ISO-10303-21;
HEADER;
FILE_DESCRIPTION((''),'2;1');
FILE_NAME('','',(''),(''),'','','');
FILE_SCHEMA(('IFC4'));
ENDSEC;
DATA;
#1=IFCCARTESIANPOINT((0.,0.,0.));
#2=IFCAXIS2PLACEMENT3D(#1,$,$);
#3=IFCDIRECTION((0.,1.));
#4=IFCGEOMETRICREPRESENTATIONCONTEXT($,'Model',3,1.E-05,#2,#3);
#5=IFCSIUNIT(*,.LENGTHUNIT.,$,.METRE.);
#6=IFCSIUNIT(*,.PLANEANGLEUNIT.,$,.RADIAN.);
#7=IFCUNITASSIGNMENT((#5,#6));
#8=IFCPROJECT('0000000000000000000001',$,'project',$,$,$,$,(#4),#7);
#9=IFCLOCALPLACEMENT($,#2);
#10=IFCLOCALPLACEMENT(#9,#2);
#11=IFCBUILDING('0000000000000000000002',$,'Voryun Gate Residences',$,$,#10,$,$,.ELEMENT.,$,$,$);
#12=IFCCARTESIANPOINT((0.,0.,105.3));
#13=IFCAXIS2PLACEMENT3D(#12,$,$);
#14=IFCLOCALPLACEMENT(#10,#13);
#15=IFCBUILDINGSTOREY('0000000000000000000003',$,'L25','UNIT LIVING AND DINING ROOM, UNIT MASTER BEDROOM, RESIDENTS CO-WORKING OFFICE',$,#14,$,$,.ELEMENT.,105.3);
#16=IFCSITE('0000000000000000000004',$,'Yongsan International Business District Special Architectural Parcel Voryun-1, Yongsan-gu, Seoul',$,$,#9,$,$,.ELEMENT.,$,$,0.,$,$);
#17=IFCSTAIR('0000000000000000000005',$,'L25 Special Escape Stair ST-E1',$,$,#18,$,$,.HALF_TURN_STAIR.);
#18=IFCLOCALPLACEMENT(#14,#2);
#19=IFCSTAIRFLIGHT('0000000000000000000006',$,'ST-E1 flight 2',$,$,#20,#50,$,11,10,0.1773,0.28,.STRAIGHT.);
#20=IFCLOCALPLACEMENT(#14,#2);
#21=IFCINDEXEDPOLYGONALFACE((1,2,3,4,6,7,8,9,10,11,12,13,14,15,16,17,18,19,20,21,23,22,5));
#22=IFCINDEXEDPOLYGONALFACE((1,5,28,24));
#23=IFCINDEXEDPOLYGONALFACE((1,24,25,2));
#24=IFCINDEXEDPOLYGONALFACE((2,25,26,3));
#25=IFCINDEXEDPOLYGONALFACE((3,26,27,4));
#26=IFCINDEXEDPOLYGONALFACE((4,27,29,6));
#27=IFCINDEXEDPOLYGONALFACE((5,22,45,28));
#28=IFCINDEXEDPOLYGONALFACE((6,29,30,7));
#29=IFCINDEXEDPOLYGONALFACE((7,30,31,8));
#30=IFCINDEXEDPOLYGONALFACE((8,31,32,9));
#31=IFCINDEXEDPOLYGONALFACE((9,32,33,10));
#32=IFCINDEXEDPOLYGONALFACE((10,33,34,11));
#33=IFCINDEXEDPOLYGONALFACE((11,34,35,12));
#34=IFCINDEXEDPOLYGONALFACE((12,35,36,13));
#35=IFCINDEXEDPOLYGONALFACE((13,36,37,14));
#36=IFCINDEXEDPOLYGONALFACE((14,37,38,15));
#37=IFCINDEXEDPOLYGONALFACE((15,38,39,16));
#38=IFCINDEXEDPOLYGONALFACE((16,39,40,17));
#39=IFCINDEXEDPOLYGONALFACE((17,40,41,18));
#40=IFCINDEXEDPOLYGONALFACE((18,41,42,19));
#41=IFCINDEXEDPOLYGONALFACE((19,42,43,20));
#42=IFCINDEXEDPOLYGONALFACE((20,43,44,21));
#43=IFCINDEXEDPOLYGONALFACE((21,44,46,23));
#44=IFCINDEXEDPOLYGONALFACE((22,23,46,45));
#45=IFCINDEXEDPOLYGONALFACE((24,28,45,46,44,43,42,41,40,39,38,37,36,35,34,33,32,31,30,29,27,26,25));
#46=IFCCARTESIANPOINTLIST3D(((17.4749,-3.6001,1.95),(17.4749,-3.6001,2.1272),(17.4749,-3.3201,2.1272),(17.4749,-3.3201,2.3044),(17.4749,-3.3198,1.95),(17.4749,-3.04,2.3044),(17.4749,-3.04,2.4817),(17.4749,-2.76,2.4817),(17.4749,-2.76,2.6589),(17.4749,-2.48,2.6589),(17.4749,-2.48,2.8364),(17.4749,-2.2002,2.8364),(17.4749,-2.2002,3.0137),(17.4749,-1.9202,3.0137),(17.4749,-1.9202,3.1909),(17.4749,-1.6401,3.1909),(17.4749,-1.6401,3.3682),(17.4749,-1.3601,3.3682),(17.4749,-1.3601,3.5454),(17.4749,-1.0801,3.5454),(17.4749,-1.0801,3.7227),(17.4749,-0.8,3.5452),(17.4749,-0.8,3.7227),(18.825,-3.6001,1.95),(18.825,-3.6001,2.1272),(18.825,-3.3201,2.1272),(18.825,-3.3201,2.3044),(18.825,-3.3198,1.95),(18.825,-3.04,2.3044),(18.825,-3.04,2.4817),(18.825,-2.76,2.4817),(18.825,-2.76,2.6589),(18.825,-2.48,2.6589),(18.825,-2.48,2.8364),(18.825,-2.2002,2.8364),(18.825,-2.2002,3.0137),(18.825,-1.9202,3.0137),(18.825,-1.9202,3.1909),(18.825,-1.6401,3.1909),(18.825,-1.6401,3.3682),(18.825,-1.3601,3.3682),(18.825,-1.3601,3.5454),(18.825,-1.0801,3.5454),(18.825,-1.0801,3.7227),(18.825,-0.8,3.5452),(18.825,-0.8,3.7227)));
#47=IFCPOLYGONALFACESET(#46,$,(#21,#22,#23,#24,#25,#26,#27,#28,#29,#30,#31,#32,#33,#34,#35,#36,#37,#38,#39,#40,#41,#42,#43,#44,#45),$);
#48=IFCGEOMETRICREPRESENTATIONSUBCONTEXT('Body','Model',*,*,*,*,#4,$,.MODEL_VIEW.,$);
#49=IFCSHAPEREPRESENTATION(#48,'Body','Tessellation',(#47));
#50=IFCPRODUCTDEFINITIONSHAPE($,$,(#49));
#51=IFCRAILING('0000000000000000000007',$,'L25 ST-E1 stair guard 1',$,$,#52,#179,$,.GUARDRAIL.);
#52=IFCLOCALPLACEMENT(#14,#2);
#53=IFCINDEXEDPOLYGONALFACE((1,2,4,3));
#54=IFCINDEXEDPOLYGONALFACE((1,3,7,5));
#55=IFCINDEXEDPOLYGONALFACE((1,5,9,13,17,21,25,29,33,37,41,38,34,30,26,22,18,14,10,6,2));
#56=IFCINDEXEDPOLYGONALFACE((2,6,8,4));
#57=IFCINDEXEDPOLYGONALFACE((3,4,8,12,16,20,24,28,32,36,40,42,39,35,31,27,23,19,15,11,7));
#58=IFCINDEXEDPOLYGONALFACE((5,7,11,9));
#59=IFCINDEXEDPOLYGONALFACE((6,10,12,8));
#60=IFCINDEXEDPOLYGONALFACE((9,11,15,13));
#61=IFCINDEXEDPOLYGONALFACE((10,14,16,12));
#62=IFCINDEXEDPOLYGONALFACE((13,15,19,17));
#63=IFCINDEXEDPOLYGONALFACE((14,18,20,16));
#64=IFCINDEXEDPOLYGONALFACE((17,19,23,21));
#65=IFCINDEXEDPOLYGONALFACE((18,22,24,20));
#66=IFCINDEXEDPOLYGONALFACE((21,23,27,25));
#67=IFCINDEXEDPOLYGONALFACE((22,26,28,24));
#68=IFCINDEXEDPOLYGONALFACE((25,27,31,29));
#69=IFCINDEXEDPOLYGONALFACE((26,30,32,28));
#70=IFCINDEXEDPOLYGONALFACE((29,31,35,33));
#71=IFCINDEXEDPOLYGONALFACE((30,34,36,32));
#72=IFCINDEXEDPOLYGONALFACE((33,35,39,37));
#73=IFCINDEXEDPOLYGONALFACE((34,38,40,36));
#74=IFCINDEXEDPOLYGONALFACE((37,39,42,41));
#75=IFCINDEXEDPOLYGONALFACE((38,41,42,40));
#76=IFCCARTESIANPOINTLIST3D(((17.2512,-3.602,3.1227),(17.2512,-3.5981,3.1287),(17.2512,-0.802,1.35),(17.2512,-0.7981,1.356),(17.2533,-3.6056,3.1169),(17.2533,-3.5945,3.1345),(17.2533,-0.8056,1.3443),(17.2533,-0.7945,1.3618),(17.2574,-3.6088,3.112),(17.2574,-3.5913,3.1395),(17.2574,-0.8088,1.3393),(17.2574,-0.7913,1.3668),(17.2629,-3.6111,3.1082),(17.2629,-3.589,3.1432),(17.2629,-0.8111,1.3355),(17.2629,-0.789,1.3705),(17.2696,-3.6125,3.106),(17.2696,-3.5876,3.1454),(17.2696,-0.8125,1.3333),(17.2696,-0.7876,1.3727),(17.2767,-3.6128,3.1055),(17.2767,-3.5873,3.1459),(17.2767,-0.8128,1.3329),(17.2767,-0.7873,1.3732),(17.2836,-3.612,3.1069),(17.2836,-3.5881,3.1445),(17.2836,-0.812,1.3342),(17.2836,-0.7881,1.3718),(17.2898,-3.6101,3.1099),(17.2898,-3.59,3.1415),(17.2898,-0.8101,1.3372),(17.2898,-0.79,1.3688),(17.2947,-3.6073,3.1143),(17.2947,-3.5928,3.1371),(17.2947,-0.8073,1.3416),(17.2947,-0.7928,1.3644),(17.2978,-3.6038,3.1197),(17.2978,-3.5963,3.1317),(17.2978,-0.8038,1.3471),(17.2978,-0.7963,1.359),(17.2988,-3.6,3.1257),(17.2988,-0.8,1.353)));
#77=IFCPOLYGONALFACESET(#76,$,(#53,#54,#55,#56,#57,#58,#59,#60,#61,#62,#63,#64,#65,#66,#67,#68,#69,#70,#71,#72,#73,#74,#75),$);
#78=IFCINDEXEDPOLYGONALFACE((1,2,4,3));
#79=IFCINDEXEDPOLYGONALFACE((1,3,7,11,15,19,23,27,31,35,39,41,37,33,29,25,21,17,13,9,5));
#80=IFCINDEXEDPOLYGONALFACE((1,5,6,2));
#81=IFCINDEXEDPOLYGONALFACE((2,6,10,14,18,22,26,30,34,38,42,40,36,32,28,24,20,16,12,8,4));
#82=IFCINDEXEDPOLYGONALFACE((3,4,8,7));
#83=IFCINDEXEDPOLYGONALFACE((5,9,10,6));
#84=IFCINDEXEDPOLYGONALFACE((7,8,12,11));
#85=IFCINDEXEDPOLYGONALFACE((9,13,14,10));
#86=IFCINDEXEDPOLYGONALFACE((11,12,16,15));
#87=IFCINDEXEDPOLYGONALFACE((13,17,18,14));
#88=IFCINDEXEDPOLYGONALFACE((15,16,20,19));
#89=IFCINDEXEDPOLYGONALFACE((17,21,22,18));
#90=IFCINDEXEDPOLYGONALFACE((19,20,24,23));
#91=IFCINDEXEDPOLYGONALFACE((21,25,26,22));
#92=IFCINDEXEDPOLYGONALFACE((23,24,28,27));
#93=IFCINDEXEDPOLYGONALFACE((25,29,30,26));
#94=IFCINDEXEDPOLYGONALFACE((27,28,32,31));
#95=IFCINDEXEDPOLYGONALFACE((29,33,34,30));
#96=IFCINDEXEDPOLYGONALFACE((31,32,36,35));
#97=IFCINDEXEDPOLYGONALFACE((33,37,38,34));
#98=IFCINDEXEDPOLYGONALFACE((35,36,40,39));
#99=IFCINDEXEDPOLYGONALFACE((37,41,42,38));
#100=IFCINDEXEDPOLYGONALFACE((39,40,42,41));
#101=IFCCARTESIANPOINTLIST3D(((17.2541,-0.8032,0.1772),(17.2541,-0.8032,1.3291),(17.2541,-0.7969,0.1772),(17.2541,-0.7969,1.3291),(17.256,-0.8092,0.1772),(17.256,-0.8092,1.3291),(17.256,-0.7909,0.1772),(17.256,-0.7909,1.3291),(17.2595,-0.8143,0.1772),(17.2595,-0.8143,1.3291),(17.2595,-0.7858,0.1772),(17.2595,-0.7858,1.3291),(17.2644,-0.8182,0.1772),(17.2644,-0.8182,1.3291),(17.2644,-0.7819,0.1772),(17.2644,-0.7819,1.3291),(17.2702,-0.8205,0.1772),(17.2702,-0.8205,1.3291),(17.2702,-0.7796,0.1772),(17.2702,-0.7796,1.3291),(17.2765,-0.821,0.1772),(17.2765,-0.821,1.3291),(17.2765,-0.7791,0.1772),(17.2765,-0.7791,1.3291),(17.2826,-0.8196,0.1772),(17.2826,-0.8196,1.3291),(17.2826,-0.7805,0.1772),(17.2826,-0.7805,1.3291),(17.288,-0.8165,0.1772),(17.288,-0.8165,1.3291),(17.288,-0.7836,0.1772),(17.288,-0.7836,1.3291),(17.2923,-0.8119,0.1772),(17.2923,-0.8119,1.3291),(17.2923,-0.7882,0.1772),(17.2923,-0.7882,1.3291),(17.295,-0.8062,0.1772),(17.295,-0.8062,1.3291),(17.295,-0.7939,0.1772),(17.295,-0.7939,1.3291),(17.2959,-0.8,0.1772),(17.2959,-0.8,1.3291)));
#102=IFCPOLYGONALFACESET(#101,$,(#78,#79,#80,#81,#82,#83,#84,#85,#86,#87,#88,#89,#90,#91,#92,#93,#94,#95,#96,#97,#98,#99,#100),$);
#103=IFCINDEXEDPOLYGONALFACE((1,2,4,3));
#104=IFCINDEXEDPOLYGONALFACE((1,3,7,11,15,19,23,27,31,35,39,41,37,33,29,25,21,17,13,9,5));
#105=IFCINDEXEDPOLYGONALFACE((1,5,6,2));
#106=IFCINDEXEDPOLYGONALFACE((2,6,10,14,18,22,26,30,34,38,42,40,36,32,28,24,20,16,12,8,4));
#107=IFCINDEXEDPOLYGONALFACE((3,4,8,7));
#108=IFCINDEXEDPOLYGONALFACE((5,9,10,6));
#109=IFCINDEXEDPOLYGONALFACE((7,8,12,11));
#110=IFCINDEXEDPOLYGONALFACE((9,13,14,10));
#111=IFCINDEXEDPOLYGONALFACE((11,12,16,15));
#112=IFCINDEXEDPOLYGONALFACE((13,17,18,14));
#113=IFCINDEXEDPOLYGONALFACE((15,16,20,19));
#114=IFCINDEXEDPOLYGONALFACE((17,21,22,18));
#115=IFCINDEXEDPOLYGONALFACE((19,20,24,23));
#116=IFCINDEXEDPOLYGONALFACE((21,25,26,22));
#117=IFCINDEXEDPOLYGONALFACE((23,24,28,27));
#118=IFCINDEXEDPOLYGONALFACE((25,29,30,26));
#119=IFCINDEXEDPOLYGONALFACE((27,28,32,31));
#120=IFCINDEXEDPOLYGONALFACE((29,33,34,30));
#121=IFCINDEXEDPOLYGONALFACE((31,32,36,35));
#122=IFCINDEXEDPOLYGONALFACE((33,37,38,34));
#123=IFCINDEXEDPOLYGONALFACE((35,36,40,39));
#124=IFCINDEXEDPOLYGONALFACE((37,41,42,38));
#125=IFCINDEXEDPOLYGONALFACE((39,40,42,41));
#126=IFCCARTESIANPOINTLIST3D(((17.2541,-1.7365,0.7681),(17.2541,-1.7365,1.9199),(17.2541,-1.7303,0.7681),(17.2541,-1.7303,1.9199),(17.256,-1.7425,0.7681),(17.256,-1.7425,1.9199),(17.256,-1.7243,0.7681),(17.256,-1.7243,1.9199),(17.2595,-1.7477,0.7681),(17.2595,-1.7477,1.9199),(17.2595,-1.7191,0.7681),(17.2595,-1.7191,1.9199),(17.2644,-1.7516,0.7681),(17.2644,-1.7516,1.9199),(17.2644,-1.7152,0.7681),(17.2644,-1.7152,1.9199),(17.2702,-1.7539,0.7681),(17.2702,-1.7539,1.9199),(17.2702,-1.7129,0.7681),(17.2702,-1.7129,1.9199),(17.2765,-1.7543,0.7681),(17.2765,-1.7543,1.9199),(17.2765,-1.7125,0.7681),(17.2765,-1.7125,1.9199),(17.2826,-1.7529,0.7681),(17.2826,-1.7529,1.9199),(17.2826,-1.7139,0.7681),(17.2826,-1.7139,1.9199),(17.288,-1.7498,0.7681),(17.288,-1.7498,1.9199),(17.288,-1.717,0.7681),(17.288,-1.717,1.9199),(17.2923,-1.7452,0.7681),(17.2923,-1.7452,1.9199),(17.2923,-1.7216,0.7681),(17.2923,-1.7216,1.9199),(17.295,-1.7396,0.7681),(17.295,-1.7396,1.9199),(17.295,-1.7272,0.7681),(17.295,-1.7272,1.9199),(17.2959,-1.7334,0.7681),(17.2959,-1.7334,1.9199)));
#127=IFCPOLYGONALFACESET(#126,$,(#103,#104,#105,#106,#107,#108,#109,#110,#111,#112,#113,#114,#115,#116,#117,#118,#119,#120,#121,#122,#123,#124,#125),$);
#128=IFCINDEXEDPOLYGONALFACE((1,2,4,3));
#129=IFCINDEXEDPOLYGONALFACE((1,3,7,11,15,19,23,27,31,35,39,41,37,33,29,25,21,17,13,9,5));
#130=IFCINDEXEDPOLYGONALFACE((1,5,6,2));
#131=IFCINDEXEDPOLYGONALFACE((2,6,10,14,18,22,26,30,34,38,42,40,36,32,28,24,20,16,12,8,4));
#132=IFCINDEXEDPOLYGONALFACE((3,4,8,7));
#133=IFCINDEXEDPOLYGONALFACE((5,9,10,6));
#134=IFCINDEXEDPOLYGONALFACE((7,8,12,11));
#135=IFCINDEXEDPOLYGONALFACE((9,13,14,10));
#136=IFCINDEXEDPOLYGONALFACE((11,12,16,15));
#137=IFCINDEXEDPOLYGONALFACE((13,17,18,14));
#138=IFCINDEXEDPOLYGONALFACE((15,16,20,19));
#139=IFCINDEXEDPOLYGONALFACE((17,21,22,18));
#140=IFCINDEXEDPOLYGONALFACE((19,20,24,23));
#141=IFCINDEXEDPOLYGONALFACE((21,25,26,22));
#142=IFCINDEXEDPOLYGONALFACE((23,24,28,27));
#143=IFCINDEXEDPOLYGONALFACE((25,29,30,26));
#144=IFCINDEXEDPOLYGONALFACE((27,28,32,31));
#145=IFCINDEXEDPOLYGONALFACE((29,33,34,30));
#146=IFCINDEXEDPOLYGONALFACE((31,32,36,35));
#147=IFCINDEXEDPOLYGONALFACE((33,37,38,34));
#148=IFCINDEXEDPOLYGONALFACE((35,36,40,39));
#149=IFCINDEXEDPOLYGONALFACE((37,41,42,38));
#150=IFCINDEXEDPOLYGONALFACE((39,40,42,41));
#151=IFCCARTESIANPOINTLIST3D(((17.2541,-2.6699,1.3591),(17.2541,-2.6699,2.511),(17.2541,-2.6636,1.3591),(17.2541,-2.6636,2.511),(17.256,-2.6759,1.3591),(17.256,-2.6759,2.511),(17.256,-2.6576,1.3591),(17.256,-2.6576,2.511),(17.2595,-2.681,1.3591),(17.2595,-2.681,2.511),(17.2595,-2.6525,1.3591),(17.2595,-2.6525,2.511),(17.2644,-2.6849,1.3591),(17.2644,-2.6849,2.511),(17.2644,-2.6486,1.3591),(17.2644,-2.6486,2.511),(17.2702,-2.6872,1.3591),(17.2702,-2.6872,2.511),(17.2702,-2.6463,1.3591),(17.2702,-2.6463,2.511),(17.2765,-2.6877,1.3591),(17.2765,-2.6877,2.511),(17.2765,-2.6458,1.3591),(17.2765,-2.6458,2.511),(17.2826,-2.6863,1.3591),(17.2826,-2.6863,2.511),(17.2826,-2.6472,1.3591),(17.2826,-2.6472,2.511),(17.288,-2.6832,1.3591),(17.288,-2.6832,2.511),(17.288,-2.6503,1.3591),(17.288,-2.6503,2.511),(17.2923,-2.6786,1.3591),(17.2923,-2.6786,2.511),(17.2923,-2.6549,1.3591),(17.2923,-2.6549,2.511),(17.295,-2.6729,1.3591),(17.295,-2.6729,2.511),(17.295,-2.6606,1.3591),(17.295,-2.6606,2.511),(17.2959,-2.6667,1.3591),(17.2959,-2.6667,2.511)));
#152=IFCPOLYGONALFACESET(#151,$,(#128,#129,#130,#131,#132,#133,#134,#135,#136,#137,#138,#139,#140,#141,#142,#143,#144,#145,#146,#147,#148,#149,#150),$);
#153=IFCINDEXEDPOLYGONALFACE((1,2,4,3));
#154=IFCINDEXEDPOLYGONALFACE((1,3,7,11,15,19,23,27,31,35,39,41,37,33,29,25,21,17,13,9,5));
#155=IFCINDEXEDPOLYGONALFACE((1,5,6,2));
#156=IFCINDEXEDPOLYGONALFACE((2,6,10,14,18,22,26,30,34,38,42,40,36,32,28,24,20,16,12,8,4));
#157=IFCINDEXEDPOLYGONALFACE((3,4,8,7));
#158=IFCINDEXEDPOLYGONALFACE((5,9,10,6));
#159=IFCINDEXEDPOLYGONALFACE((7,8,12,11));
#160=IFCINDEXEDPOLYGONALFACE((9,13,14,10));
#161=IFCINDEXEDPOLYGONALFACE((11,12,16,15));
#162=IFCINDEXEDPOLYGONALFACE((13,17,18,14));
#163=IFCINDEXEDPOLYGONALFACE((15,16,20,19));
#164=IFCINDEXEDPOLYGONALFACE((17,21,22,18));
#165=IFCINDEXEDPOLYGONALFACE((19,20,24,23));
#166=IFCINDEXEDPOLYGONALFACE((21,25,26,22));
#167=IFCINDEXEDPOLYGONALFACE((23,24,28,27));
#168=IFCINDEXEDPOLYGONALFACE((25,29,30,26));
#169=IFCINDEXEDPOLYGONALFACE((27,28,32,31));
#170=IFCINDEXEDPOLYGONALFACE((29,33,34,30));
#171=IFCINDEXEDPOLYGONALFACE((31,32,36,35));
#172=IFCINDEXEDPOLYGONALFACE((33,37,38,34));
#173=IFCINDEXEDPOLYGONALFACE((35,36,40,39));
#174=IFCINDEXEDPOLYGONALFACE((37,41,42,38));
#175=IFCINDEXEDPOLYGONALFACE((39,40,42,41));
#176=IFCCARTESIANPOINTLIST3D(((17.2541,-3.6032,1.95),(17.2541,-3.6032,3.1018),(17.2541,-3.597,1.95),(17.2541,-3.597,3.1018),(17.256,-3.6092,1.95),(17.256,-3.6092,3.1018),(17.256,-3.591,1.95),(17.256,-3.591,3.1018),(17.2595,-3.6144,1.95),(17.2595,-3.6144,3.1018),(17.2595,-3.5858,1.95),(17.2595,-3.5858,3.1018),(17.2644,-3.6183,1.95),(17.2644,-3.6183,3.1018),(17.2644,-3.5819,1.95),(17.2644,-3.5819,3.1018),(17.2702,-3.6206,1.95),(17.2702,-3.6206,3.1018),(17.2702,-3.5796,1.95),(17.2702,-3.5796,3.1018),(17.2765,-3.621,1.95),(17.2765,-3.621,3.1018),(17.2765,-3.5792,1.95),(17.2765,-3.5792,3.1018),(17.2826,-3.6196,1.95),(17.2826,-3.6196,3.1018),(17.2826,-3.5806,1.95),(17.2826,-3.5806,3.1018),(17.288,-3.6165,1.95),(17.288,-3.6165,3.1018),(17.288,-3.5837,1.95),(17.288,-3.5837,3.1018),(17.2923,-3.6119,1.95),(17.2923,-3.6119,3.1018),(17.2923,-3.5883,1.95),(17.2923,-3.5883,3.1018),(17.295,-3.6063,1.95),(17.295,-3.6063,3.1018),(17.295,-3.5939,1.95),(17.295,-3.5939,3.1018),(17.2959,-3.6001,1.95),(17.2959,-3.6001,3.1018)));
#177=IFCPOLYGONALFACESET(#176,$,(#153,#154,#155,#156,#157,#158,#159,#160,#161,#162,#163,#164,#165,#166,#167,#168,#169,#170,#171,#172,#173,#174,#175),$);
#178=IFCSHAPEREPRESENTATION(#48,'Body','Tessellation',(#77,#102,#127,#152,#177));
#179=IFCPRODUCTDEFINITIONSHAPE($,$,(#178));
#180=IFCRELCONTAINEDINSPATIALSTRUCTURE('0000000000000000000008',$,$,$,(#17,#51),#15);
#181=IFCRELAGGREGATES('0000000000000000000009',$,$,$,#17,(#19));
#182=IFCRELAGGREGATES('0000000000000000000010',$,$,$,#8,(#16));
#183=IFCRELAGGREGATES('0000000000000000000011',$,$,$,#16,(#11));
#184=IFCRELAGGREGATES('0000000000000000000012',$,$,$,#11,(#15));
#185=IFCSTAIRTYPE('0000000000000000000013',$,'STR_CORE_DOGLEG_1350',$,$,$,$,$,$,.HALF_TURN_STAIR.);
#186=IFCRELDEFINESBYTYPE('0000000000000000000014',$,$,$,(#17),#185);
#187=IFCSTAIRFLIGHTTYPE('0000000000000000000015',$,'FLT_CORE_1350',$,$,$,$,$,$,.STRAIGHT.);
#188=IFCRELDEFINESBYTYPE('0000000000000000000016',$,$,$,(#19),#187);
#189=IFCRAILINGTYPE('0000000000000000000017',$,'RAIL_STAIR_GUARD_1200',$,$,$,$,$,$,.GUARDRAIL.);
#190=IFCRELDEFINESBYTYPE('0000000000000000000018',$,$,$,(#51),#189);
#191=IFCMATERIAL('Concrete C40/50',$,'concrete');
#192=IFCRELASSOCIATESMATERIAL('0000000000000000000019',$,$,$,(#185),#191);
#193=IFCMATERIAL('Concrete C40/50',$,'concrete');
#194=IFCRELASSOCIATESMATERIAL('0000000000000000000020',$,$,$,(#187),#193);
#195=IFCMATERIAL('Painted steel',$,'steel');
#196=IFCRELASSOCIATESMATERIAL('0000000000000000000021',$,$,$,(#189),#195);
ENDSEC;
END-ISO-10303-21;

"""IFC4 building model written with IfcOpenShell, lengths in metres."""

from ifc_helpers import new_model, si_unit, direction, frame, origin, origin_2d, place, context, subcontext, project, spatial, polyline, circle, outline, extrude, material, type_object, element, aggregate, save


model = new_model("IFC4")

# Units and contexts
model_context = context("Model", 3, precision=1e-05, world=origin(), true_north=direction((0.0, 1.0)))
body_context = subcontext(model_context, "Body", "Model", "MODEL_VIEW")
ifc_project = project(units=[si_unit("LENGTHUNIT", "METRE"), si_unit("PLANEANGLEUNIT", "RADIAN")], contexts=[model_context])

# Site, building, storey
site_placement = place(None, origin())
site = spatial("IfcSite", under=ifc_project, at=site_placement, Name="Yongsan International Business District Special Architectural Parcel Voryun-1, Yongsan-gu, Seoul", CompositionType="ELEMENT", RefElevation=0.0)
building_placement = place(site_placement, origin())
building = spatial("IfcBuilding", under=site, at=building_placement, Name="Voryun Gate Residences", CompositionType="ELEMENT")
storey_placement = place(building_placement, frame((0.0, 0.0, 105.3)))
storey = spatial("IfcBuildingStorey", under=building, at=storey_placement, Name="L25", Description="UNIT LIVING AND DINING ROOM, UNIT MASTER BEDROOM, RESIDENTS CO-WORKING OFFICE", CompositionType="ELEMENT", Elevation=105.3)

# Stair, stair flight
ifc_material_1 = material(Name="Concrete C40/50", Category="concrete")
stair_type = type_object("IfcStairType", Name="STR_CORE_DOGLEG_1350", PredefinedType="HALF_TURN_STAIR", material=ifc_material_1)
stair_placement = place(storey_placement, origin())
stair = element("IfcStair", 1, at=stair_placement, inside=storey, type_object=stair_type, Name="L25 Special Escape Stair ST-E1", PredefinedType="HALF_TURN_STAIR")
ifc_material_2 = material(Name="Concrete C40/50", Category="concrete")
stair_flight_type = type_object("IfcStairFlightType", Name="FLT_CORE_1350", PredefinedType="STRAIGHT", material=ifc_material_2)
stair_flight_placement = place(storey_placement, frame((18.1499, -3.6001, 1.95), z_axis=(0.0, 0.0, 1.0), x_axis=(0.0, 1.0, 0.0)))
stair_flight = element("IfcStairFlight", 2, at=stair_flight_placement, type_object=stair_flight_type, Name="ST-E1 flight 2", NumberOfRisers=11, NumberOfTreads=10, PredefinedType="STRAIGHT", RiserHeight=0.1773, TreadLength=0.28, context=body_context, shape_type="SweptSolid", body=[
    extrude(outline(polyline([(0.0, 0.0), (0.0, 0.1772), (0.28, 0.1772), (0.28, 0.3545), (0.5601, 0.3545), (0.5601, 0.5317), (0.8401, 0.5317), (0.8401, 0.709), (1.1201, 0.709), (1.1201, 0.8865), (1.3999, 0.8865), (1.3999, 1.0637), (1.6799, 1.0637), (1.6799, 1.241), (1.96, 1.241), (1.96, 1.4182), (2.24, 1.4182), (2.24, 1.5955), (2.52, 1.5955), (2.52, 1.7727), (2.8, 1.7727), (2.8, 1.95), (2.8, 1.5952), (0.2803, 0.0), (0.0, 0.0)])), frame((0.0, 0.675, 0.0), z_axis=(0.0, -1.0, 0.0), x_axis=(1.0, 0.0, 0.0)), (0.0, 0.0, 1.0), 1.3501),
])
aggregate(stair, [stair_flight])

# Railing
ifc_material_3 = material(Name="Painted steel", Category="steel")
railing_type_1 = type_object("IfcRailingType", Name="RAIL_STAIR_GUARD_1200", PredefinedType="GUARDRAIL", material=ifc_material_3)
railing_1_placement = place(storey_placement, frame((17.2749, -0.8, 0.1772)))
element("IfcRailing", 3, at=railing_1_placement, inside=storey, type_object=railing_type_1, Name="L25 ST-E1 stair guard 1", PredefinedType="GUARDRAIL", context=body_context, shape_type="SweptSolid", body=[
    extrude(circle(Radius=0.0239, at=origin_2d()), frame((0.0, 0.0, 1.1758), z_axis=(0.0, -0.844909, 0.53491), x_axis=(1.0, 0.0, 0.0)), (0.0, 0.0, 1.0), 3.314),
    extrude(circle(Radius=0.021, at=origin_2d()), origin(), (0.0, 0.0, 1.0), 1.1519),
    extrude(circle(Radius=0.021, at=origin_2d()), frame((0.0, -0.9333, 0.5908)), (0.0, 0.0, 1.0), 1.1519),
    extrude(circle(Radius=0.021, at=origin_2d()), frame((0.0, -1.8667, 1.1819)), (0.0, 0.0, 1.0), 1.1519),
    extrude(circle(Radius=0.021, at=origin_2d()), frame((0.0, -2.8, 1.7727)), (0.0, 0.0, 1.0), 1.1519),
])

save(model, "model.ifc")
